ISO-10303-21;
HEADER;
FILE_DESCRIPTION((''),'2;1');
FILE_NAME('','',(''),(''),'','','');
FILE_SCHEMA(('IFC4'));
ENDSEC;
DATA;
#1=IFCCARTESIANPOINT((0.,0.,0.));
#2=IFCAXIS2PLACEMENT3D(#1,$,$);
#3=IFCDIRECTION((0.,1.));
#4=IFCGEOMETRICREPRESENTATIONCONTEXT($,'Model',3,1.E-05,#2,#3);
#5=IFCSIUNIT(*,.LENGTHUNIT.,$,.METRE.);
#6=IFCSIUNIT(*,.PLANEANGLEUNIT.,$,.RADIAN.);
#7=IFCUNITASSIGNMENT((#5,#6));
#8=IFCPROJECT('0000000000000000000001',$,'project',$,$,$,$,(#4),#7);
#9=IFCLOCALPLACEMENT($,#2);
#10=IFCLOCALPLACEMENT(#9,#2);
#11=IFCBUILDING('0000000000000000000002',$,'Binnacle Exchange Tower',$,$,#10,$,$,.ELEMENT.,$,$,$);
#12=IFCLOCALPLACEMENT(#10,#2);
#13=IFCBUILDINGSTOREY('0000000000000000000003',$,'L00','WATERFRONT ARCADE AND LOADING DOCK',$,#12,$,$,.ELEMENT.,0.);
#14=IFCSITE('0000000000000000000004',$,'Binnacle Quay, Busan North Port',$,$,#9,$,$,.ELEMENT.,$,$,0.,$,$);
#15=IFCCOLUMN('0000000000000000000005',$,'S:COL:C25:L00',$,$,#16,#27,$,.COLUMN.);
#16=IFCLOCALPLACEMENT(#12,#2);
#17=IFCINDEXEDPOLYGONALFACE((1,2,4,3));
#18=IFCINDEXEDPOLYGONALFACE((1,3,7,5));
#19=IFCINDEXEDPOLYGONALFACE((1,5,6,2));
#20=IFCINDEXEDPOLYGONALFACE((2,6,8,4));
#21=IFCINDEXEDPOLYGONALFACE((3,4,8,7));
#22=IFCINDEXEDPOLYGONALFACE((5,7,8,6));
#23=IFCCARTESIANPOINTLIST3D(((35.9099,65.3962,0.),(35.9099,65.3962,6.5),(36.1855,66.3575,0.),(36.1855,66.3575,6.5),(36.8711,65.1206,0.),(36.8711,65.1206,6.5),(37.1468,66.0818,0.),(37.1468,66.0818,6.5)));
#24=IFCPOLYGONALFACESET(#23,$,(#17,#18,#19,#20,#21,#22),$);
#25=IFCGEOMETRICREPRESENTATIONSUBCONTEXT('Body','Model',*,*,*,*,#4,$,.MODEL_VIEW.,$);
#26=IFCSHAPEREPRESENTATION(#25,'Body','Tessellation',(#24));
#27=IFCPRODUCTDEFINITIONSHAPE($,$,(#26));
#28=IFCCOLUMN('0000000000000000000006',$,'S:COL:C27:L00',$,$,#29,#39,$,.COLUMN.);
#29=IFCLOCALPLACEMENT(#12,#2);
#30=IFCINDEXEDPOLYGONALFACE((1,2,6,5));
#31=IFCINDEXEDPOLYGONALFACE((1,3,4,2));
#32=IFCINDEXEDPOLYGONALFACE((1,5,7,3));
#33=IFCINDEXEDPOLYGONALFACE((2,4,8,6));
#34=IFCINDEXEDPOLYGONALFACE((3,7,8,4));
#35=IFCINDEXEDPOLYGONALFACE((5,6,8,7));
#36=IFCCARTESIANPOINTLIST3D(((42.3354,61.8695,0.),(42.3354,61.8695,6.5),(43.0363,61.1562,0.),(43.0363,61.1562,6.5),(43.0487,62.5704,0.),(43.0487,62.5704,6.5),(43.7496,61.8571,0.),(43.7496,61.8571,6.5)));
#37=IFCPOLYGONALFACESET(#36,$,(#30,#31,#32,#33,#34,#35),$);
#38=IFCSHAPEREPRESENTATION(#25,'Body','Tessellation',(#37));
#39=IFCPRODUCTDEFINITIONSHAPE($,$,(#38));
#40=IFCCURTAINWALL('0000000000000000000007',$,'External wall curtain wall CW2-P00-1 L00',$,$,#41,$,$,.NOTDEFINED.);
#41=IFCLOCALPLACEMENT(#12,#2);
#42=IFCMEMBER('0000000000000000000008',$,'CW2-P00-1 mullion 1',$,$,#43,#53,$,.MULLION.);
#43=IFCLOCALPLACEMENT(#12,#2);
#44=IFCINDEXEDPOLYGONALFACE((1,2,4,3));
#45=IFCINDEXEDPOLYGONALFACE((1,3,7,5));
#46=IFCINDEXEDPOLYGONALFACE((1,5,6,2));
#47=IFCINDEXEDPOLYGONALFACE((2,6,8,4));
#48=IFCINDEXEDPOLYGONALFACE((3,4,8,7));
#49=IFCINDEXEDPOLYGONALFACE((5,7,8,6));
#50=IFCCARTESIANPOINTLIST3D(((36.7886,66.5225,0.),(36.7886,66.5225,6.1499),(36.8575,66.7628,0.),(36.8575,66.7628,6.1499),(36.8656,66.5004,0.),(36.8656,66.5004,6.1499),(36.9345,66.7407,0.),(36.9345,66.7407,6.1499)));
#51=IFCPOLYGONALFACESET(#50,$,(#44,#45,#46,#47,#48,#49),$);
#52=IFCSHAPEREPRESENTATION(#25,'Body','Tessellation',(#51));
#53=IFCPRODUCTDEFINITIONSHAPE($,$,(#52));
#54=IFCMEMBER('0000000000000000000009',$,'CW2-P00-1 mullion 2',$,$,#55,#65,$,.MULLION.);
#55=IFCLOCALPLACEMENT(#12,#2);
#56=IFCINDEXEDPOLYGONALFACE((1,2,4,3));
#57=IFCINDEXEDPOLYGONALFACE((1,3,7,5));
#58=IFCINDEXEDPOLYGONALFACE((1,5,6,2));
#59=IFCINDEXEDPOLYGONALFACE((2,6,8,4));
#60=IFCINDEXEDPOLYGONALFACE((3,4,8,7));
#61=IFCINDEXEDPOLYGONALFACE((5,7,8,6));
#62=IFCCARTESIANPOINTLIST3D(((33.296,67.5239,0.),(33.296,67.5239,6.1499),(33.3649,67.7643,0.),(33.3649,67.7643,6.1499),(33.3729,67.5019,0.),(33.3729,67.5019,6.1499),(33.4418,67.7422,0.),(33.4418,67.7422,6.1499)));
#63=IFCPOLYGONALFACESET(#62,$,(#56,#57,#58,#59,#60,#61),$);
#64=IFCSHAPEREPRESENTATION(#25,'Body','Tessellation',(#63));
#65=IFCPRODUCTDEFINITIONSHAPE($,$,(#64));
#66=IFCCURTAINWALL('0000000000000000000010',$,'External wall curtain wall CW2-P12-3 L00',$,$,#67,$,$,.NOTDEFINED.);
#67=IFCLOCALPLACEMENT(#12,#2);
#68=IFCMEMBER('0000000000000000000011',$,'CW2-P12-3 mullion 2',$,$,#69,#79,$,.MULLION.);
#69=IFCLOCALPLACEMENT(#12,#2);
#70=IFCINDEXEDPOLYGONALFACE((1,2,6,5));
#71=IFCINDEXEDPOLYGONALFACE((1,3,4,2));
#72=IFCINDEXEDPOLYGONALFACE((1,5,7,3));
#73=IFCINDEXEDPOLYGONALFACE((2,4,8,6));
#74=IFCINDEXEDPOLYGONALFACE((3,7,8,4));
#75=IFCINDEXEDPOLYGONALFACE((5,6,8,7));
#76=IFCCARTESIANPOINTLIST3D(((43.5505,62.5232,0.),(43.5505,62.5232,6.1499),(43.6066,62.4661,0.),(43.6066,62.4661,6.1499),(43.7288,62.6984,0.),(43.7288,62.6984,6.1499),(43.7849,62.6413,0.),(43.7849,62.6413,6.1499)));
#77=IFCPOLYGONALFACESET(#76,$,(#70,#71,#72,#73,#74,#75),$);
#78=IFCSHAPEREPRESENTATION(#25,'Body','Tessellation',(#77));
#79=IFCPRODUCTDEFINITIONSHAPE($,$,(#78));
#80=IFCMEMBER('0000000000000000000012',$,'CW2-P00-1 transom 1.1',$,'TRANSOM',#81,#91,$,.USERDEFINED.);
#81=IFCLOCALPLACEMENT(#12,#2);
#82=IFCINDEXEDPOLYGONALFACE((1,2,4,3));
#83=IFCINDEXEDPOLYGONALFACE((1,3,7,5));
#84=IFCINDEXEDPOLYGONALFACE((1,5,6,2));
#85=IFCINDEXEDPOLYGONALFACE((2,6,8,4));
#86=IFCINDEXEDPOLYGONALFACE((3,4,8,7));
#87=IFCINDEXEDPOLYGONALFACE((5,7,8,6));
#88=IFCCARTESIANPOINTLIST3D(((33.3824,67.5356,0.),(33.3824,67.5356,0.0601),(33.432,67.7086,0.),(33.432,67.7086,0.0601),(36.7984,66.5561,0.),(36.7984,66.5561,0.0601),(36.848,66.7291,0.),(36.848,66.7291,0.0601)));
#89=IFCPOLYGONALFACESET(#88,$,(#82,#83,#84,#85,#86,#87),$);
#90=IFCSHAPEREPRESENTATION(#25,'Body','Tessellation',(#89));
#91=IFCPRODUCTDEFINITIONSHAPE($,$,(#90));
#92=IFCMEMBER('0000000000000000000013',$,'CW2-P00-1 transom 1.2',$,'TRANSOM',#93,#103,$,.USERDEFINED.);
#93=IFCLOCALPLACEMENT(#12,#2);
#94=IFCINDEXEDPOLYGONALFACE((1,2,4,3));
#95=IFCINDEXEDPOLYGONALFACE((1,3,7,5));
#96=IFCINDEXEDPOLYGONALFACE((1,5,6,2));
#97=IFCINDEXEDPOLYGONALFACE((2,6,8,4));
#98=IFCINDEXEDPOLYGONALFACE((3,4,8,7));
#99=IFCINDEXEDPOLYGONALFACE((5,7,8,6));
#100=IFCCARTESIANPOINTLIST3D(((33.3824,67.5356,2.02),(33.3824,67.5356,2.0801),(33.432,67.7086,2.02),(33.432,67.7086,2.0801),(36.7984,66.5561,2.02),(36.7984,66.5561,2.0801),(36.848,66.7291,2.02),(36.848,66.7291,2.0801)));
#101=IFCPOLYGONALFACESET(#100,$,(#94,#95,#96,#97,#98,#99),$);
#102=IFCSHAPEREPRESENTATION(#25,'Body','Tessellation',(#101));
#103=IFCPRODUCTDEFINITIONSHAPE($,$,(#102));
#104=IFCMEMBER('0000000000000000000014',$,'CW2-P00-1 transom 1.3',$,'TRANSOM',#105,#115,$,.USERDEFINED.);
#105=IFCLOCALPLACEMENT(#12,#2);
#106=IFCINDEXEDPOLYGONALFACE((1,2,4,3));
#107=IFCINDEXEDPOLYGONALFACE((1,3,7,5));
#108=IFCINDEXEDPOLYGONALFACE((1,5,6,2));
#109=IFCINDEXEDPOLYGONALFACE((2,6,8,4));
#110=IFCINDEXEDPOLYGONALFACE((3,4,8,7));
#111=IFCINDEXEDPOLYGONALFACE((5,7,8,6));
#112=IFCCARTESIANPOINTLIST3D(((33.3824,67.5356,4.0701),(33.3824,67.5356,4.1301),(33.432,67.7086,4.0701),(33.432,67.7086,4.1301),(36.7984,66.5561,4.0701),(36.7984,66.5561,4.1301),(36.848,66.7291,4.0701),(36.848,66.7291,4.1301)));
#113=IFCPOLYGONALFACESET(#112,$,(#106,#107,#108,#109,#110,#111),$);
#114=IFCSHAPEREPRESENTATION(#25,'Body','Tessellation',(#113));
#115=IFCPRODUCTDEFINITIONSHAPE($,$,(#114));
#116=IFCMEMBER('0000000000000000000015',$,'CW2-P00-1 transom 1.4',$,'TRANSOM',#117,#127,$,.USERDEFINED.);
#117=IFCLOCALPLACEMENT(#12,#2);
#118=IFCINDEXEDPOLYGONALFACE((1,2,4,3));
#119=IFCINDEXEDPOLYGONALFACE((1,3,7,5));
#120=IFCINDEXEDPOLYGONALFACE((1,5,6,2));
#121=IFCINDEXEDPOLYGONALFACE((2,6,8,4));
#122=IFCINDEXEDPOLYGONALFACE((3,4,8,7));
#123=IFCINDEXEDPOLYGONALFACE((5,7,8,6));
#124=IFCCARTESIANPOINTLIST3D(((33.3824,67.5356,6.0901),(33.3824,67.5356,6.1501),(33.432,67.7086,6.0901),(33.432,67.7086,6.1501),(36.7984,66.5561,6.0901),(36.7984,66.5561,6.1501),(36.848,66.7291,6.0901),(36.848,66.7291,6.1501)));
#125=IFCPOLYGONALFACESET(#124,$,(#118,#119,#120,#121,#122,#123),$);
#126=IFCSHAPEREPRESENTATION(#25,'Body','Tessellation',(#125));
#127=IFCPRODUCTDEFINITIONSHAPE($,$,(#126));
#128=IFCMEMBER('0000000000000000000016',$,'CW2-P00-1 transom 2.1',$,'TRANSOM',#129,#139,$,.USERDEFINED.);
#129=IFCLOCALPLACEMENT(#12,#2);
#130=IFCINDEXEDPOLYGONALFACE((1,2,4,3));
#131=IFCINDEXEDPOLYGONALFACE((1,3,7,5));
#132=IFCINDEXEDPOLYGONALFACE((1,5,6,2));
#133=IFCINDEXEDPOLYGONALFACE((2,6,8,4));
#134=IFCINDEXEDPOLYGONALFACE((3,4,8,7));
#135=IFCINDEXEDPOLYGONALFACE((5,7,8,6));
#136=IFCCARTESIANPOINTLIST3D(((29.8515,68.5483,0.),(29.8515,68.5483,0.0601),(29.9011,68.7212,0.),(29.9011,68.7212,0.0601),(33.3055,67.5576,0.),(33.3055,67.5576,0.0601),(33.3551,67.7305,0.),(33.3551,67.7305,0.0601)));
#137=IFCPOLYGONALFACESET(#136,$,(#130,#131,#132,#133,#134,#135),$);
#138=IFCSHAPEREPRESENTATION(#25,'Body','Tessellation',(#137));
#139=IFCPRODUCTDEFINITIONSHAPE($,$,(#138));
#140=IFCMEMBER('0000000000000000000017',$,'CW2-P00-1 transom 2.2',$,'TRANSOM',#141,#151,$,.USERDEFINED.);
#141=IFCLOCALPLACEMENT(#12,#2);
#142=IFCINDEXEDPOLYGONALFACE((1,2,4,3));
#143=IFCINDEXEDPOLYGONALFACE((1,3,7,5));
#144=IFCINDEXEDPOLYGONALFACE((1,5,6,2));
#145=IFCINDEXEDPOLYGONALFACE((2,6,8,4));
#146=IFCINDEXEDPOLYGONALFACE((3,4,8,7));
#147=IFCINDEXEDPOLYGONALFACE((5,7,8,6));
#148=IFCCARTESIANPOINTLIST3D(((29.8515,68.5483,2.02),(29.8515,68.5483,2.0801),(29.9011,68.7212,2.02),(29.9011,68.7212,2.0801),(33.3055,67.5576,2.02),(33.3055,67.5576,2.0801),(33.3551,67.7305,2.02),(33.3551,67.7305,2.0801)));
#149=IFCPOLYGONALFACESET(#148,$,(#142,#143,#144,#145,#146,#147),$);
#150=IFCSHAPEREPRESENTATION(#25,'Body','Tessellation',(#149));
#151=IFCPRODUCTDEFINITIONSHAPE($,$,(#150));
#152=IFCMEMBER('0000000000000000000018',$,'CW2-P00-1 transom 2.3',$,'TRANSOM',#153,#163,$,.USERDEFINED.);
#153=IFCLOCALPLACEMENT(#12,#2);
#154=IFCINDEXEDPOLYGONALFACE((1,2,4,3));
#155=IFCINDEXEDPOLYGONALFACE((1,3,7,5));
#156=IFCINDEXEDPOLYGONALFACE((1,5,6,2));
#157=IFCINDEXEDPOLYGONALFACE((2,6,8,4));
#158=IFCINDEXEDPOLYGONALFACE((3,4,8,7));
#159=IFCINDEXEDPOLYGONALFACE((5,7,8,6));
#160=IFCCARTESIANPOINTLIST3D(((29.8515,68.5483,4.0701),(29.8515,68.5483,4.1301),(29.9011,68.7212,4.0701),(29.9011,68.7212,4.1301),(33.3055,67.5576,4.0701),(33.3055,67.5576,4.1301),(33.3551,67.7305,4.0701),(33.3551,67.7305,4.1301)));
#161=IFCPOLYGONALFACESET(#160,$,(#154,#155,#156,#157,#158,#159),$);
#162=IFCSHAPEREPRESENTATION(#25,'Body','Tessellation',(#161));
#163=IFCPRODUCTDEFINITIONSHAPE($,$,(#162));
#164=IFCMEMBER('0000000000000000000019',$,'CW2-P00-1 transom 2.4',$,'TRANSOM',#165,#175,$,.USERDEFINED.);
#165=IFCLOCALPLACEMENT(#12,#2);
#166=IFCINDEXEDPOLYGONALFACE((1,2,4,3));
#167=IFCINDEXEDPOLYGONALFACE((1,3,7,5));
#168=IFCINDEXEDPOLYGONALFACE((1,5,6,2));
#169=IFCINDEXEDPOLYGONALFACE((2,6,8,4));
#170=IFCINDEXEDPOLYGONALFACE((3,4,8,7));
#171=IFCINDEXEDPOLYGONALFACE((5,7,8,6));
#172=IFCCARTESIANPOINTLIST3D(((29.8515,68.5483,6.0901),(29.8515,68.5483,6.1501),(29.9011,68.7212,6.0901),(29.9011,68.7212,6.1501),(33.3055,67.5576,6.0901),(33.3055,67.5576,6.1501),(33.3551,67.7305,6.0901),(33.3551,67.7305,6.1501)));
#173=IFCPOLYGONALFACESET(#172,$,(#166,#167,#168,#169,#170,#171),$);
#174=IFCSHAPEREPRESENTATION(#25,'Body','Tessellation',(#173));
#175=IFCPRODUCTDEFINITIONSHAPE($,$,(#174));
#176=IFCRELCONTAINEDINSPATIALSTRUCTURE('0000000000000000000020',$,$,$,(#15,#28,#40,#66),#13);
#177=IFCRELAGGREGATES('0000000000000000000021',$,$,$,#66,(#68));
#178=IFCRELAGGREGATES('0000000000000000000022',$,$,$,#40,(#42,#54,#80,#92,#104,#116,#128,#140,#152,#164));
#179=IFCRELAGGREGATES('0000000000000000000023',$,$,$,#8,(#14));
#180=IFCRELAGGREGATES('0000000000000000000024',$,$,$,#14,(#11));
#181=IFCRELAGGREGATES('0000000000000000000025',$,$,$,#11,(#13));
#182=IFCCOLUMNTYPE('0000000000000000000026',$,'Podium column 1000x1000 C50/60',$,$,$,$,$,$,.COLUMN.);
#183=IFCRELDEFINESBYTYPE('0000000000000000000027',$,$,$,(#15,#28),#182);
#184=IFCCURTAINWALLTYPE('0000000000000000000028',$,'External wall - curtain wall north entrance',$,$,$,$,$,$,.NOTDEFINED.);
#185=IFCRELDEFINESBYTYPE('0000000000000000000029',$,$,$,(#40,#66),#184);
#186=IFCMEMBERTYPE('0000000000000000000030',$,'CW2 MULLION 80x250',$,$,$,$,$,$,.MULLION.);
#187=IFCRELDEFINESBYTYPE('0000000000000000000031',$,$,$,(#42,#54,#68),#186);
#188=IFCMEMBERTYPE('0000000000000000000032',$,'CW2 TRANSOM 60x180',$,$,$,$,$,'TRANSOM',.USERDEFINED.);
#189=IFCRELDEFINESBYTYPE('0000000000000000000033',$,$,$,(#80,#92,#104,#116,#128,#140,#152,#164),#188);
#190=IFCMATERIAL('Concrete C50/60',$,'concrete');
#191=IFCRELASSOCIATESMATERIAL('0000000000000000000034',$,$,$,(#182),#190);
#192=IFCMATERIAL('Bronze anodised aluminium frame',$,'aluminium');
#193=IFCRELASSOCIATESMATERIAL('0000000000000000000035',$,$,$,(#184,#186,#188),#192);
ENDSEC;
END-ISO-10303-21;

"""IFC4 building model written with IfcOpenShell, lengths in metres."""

from ifc_helpers import new_model, si_unit, direction, frame, origin, origin_2d, place, context, subcontext, project, spatial, rectangle, extrude, material, material_profile, profile_set, type_object, element, aggregate, save


model = new_model("IFC4")

# Units and contexts
model_context = context("Model", 3, precision=1e-05, world=origin(), true_north=direction((0.0, 1.0)))
body_context = subcontext(model_context, "Body", "Model", "MODEL_VIEW")
ifc_project = project(units=[si_unit("LENGTHUNIT", "METRE"), si_unit("PLANEANGLEUNIT", "RADIAN")], contexts=[model_context])

# Site, building, storey
site_placement = place(None, origin())
site = spatial("IfcSite", under=ifc_project, at=site_placement, Name="Binnacle Quay, Busan North Port", CompositionType="ELEMENT", RefElevation=0.0)
building_placement = place(site_placement, origin())
building = spatial("IfcBuilding", under=site, at=building_placement, Name="Binnacle Exchange Tower", CompositionType="ELEMENT")
storey_placement = place(building_placement, origin())
storey = spatial("IfcBuildingStorey", under=building, at=storey_placement, Name="L00", Description="WATERFRONT ARCADE AND LOADING DOCK", CompositionType="ELEMENT", Elevation=0.0)

# Columns
ifc_material_1 = material(Name="Concrete C50/60", Category="concrete")
ifc_material_profile_1 = material_profile(ifc_material_1, rectangle(XDim=1.0, YDim=1.0, at=origin_2d()), Name="Podium column 1000x1000 C50/60")
ifc_profile_set_1 = profile_set([ifc_material_profile_1], Name="Concrete C50/60")
column_type = type_object("IfcColumnType", Name="Podium column 1000x1000 C50/60", PredefinedType="COLUMN", material=ifc_profile_set_1)
for number, where, z_axis, x_axis, name in (
    (1, (36.5283, 65.739, 0.0), (0.0, 0.0, 1.0), (-0.961262, 0.275637, 0.0), "S:COL:C25:L00"),
    (2, (43.0425, 61.8633, 0.0), (0.0, 0.0, 1.0), (-0.700909, 0.71325, 0.0), "S:COL:C27:L00"),
):
    element("IfcColumn", number, at=place(storey_placement, frame(where, z_axis=z_axis, x_axis=x_axis)), inside=storey, type_object=column_type, Name=name, PredefinedType="COLUMN", context=body_context, shape_type="SweptSolid", body=[
        extrude(rectangle(XDim=1.0, YDim=1.0, at=origin_2d()), origin(), (0.0, 0.0, 1.0), 6.5),
    ])

# Curtain wall, members
ifc_material_2 = material(Name="Bronze anodised aluminium frame", Category="aluminium")
curtain_wall_type = type_object("IfcCurtainWallType", Name="External wall - curtain wall north entrance", PredefinedType="NOTDEFINED", material=ifc_material_2)
curtain_wall_1_placement = place(storey_placement, origin())
curtain_wall_1 = element("IfcCurtainWall", 3, at=curtain_wall_1_placement, inside=storey, type_object=curtain_wall_type, Name="External wall curtain wall CW2-P00-1 L00", PredefinedType="NOTDEFINED")
ifc_material_profile_2 = material_profile(ifc_material_2, rectangle(XDim=0.25, YDim=0.0801, at=origin_2d()), Name="AL 80x250")
ifc_profile_set_2 = profile_set([ifc_material_profile_2], Name="Bronze anodised aluminium frame")
member_type_1 = type_object("IfcMemberType", Name="CW2 MULLION 80x250", PredefinedType="MULLION", material=ifc_profile_set_2)
member_1_placement = place(storey_placement, frame((36.8616, 66.6316, 0.0), z_axis=(0.0, 0.0, 1.0), x_axis=(-0.275637, -0.961262, 0.0)))
member_1 = element("IfcMember", 4, at=member_1_placement, type_object=member_type_1, Name="CW2-P00-1 mullion 1", PredefinedType="MULLION", context=body_context, shape_type="SweptSolid", body=[
    extrude(rectangle(XDim=0.25, YDim=0.0801, at=origin_2d()), origin(), (0.0, 0.0, 1.0), 6.1499),
])
member_2_placement = place(storey_placement, frame((33.3689, 67.6331, 0.0), z_axis=(0.0, 0.0, 1.0), x_axis=(-0.275637, -0.961262, 0.0)))
member_2 = element("IfcMember", 5, at=member_2_placement, type_object=member_type_1, Name="CW2-P00-1 mullion 2", PredefinedType="MULLION", context=body_context, shape_type="SweptSolid", body=[
    extrude(rectangle(XDim=0.25, YDim=0.0801, at=origin_2d()), origin(), (0.0, 0.0, 1.0), 6.1499),
])

# Curtain wall, member
curtain_wall_2_placement = place(storey_placement, origin())
curtain_wall_2 = element("IfcCurtainWall", 6, at=curtain_wall_2_placement, inside=storey, type_object=curtain_wall_type, Name="External wall curtain wall CW2-P12-3 L00", PredefinedType="NOTDEFINED")
member_3_placement = place(storey_placement, frame((43.6677, 62.5823, 0.0), z_axis=(0.0, 0.0, 1.0), x_axis=(-0.71325, -0.700909, 0.0)))
member_3 = element("IfcMember", 7, at=member_3_placement, type_object=member_type_1, Name="CW2-P12-3 mullion 2", PredefinedType="MULLION", context=body_context, shape_type="SweptSolid", body=[
    extrude(rectangle(XDim=0.25, YDim=0.0801, at=origin_2d()), origin(), (0.0, 0.0, 1.0), 6.1499),
])
aggregate(curtain_wall_2, [member_3])

# Members
ifc_material_profile_3 = material_profile(ifc_material_2, rectangle(XDim=0.1799, YDim=0.0601, at=origin_2d()), Name="AL 180x60")
ifc_profile_set_3 = profile_set([ifc_material_profile_3], Name="Bronze anodised aluminium frame")
member_type_2 = type_object("IfcMemberType", Name="CW2 TRANSOM 60x180", ElementType="TRANSOM", PredefinedType="USERDEFINED", material=ifc_profile_set_3)
member_4_placement = place(storey_placement, frame((36.8232, 66.6426, 0.03), z_axis=(-0.961264, 0.275628, 0.0), x_axis=(-0.275628, -0.961264, 0.0)))
member_4 = element("IfcMember", 8, at=member_4_placement, type_object=member_type_2, Name="CW2-P00-1 transom 1.1", ObjectType="TRANSOM", PredefinedType="USERDEFINED", context=body_context, shape_type="SweptSolid", body=[
    extrude(rectangle(XDim=0.1799, YDim=0.0601, at=origin_2d()), origin(), (0.0, 0.0, 1.0), 3.5537),
])
member_5_placement = place(storey_placement, frame((36.8232, 66.6426, 2.05), z_axis=(-0.961264, 0.275628, 0.0), x_axis=(-0.275628, -0.961264, 0.0)))
member_5 = element("IfcMember", 9, at=member_5_placement, type_object=member_type_2, Name="CW2-P00-1 transom 1.2", ObjectType="TRANSOM", PredefinedType="USERDEFINED", context=body_context, shape_type="SweptSolid", body=[
    extrude(rectangle(XDim=0.1799, YDim=0.0601, at=origin_2d()), origin(), (0.0, 0.0, 1.0), 3.5537),
])
member_6_placement = place(storey_placement, frame((36.8232, 66.6426, 4.1001), z_axis=(-0.961264, 0.275628, 0.0), x_axis=(-0.275628, -0.961264, 0.0)))
member_6 = element("IfcMember", 10, at=member_6_placement, type_object=member_type_2, Name="CW2-P00-1 transom 1.3", ObjectType="TRANSOM", PredefinedType="USERDEFINED", context=body_context, shape_type="SweptSolid", body=[
    extrude(rectangle(XDim=0.1799, YDim=0.0601, at=origin_2d()), origin(), (0.0, 0.0, 1.0), 3.5537),
])
member_7_placement = place(storey_placement, frame((36.8232, 66.6426, 6.1201), z_axis=(-0.961264, 0.275628, 0.0), x_axis=(-0.275628, -0.961264, 0.0)))
member_7 = element("IfcMember", 11, at=member_7_placement, type_object=member_type_2, Name="CW2-P00-1 transom 1.4", ObjectType="TRANSOM", PredefinedType="USERDEFINED", context=body_context, shape_type="SweptSolid", body=[
    extrude(rectangle(XDim=0.1799, YDim=0.0601, at=origin_2d()), origin(), (0.0, 0.0, 1.0), 3.5537),
])
member_8_placement = place(storey_placement, frame((33.3303, 67.644, 0.03), z_axis=(-0.961241, 0.275708, 0.0), x_axis=(-0.275708, -0.961241, 0.0)))
member_8 = element("IfcMember", 12, at=member_8_placement, type_object=member_type_2, Name="CW2-P00-1 transom 2.1", ObjectType="TRANSOM", PredefinedType="USERDEFINED", context=body_context, shape_type="SweptSolid", body=[
    extrude(rectangle(XDim=0.1799, YDim=0.0601, at=origin_2d()), origin(), (0.0, 0.0, 1.0), 3.5933),
])
member_9_placement = place(storey_placement, frame((33.3303, 67.644, 2.05), z_axis=(-0.961241, 0.275708, 0.0), x_axis=(-0.275708, -0.961241, 0.0)))
member_9 = element("IfcMember", 13, at=member_9_placement, type_object=member_type_2, Name="CW2-P00-1 transom 2.2", ObjectType="TRANSOM", PredefinedType="USERDEFINED", context=body_context, shape_type="SweptSolid", body=[
    extrude(rectangle(XDim=0.1799, YDim=0.0601, at=origin_2d()), origin(), (0.0, 0.0, 1.0), 3.5933),
])
member_10_placement = place(storey_placement, frame((33.3303, 67.644, 4.1001), z_axis=(-0.961241, 0.275708, 0.0), x_axis=(-0.275708, -0.961241, 0.0)))
member_10 = element("IfcMember", 14, at=member_10_placement, type_object=member_type_2, Name="CW2-P00-1 transom 2.3", ObjectType="TRANSOM", PredefinedType="USERDEFINED", context=body_context, shape_type="SweptSolid", body=[
    extrude(rectangle(XDim=0.1799, YDim=0.0601, at=origin_2d()), origin(), (0.0, 0.0, 1.0), 3.5933),
])
member_11_placement = place(storey_placement, frame((33.3303, 67.644, 6.1201), z_axis=(-0.961241, 0.275708, 0.0), x_axis=(-0.275708, -0.961241, 0.0)))
member_11 = element("IfcMember", 15, at=member_11_placement, type_object=member_type_2, Name="CW2-P00-1 transom 2.4", ObjectType="TRANSOM", PredefinedType="USERDEFINED", context=body_context, shape_type="SweptSolid", body=[
    extrude(rectangle(XDim=0.1799, YDim=0.0601, at=origin_2d()), origin(), (0.0, 0.0, 1.0), 3.5933),
])

aggregate(curtain_wall_1, [member_1, member_2, member_4, member_5, member_6, member_7, member_8, member_9, member_10, member_11])

save(model, "model.ifc")
